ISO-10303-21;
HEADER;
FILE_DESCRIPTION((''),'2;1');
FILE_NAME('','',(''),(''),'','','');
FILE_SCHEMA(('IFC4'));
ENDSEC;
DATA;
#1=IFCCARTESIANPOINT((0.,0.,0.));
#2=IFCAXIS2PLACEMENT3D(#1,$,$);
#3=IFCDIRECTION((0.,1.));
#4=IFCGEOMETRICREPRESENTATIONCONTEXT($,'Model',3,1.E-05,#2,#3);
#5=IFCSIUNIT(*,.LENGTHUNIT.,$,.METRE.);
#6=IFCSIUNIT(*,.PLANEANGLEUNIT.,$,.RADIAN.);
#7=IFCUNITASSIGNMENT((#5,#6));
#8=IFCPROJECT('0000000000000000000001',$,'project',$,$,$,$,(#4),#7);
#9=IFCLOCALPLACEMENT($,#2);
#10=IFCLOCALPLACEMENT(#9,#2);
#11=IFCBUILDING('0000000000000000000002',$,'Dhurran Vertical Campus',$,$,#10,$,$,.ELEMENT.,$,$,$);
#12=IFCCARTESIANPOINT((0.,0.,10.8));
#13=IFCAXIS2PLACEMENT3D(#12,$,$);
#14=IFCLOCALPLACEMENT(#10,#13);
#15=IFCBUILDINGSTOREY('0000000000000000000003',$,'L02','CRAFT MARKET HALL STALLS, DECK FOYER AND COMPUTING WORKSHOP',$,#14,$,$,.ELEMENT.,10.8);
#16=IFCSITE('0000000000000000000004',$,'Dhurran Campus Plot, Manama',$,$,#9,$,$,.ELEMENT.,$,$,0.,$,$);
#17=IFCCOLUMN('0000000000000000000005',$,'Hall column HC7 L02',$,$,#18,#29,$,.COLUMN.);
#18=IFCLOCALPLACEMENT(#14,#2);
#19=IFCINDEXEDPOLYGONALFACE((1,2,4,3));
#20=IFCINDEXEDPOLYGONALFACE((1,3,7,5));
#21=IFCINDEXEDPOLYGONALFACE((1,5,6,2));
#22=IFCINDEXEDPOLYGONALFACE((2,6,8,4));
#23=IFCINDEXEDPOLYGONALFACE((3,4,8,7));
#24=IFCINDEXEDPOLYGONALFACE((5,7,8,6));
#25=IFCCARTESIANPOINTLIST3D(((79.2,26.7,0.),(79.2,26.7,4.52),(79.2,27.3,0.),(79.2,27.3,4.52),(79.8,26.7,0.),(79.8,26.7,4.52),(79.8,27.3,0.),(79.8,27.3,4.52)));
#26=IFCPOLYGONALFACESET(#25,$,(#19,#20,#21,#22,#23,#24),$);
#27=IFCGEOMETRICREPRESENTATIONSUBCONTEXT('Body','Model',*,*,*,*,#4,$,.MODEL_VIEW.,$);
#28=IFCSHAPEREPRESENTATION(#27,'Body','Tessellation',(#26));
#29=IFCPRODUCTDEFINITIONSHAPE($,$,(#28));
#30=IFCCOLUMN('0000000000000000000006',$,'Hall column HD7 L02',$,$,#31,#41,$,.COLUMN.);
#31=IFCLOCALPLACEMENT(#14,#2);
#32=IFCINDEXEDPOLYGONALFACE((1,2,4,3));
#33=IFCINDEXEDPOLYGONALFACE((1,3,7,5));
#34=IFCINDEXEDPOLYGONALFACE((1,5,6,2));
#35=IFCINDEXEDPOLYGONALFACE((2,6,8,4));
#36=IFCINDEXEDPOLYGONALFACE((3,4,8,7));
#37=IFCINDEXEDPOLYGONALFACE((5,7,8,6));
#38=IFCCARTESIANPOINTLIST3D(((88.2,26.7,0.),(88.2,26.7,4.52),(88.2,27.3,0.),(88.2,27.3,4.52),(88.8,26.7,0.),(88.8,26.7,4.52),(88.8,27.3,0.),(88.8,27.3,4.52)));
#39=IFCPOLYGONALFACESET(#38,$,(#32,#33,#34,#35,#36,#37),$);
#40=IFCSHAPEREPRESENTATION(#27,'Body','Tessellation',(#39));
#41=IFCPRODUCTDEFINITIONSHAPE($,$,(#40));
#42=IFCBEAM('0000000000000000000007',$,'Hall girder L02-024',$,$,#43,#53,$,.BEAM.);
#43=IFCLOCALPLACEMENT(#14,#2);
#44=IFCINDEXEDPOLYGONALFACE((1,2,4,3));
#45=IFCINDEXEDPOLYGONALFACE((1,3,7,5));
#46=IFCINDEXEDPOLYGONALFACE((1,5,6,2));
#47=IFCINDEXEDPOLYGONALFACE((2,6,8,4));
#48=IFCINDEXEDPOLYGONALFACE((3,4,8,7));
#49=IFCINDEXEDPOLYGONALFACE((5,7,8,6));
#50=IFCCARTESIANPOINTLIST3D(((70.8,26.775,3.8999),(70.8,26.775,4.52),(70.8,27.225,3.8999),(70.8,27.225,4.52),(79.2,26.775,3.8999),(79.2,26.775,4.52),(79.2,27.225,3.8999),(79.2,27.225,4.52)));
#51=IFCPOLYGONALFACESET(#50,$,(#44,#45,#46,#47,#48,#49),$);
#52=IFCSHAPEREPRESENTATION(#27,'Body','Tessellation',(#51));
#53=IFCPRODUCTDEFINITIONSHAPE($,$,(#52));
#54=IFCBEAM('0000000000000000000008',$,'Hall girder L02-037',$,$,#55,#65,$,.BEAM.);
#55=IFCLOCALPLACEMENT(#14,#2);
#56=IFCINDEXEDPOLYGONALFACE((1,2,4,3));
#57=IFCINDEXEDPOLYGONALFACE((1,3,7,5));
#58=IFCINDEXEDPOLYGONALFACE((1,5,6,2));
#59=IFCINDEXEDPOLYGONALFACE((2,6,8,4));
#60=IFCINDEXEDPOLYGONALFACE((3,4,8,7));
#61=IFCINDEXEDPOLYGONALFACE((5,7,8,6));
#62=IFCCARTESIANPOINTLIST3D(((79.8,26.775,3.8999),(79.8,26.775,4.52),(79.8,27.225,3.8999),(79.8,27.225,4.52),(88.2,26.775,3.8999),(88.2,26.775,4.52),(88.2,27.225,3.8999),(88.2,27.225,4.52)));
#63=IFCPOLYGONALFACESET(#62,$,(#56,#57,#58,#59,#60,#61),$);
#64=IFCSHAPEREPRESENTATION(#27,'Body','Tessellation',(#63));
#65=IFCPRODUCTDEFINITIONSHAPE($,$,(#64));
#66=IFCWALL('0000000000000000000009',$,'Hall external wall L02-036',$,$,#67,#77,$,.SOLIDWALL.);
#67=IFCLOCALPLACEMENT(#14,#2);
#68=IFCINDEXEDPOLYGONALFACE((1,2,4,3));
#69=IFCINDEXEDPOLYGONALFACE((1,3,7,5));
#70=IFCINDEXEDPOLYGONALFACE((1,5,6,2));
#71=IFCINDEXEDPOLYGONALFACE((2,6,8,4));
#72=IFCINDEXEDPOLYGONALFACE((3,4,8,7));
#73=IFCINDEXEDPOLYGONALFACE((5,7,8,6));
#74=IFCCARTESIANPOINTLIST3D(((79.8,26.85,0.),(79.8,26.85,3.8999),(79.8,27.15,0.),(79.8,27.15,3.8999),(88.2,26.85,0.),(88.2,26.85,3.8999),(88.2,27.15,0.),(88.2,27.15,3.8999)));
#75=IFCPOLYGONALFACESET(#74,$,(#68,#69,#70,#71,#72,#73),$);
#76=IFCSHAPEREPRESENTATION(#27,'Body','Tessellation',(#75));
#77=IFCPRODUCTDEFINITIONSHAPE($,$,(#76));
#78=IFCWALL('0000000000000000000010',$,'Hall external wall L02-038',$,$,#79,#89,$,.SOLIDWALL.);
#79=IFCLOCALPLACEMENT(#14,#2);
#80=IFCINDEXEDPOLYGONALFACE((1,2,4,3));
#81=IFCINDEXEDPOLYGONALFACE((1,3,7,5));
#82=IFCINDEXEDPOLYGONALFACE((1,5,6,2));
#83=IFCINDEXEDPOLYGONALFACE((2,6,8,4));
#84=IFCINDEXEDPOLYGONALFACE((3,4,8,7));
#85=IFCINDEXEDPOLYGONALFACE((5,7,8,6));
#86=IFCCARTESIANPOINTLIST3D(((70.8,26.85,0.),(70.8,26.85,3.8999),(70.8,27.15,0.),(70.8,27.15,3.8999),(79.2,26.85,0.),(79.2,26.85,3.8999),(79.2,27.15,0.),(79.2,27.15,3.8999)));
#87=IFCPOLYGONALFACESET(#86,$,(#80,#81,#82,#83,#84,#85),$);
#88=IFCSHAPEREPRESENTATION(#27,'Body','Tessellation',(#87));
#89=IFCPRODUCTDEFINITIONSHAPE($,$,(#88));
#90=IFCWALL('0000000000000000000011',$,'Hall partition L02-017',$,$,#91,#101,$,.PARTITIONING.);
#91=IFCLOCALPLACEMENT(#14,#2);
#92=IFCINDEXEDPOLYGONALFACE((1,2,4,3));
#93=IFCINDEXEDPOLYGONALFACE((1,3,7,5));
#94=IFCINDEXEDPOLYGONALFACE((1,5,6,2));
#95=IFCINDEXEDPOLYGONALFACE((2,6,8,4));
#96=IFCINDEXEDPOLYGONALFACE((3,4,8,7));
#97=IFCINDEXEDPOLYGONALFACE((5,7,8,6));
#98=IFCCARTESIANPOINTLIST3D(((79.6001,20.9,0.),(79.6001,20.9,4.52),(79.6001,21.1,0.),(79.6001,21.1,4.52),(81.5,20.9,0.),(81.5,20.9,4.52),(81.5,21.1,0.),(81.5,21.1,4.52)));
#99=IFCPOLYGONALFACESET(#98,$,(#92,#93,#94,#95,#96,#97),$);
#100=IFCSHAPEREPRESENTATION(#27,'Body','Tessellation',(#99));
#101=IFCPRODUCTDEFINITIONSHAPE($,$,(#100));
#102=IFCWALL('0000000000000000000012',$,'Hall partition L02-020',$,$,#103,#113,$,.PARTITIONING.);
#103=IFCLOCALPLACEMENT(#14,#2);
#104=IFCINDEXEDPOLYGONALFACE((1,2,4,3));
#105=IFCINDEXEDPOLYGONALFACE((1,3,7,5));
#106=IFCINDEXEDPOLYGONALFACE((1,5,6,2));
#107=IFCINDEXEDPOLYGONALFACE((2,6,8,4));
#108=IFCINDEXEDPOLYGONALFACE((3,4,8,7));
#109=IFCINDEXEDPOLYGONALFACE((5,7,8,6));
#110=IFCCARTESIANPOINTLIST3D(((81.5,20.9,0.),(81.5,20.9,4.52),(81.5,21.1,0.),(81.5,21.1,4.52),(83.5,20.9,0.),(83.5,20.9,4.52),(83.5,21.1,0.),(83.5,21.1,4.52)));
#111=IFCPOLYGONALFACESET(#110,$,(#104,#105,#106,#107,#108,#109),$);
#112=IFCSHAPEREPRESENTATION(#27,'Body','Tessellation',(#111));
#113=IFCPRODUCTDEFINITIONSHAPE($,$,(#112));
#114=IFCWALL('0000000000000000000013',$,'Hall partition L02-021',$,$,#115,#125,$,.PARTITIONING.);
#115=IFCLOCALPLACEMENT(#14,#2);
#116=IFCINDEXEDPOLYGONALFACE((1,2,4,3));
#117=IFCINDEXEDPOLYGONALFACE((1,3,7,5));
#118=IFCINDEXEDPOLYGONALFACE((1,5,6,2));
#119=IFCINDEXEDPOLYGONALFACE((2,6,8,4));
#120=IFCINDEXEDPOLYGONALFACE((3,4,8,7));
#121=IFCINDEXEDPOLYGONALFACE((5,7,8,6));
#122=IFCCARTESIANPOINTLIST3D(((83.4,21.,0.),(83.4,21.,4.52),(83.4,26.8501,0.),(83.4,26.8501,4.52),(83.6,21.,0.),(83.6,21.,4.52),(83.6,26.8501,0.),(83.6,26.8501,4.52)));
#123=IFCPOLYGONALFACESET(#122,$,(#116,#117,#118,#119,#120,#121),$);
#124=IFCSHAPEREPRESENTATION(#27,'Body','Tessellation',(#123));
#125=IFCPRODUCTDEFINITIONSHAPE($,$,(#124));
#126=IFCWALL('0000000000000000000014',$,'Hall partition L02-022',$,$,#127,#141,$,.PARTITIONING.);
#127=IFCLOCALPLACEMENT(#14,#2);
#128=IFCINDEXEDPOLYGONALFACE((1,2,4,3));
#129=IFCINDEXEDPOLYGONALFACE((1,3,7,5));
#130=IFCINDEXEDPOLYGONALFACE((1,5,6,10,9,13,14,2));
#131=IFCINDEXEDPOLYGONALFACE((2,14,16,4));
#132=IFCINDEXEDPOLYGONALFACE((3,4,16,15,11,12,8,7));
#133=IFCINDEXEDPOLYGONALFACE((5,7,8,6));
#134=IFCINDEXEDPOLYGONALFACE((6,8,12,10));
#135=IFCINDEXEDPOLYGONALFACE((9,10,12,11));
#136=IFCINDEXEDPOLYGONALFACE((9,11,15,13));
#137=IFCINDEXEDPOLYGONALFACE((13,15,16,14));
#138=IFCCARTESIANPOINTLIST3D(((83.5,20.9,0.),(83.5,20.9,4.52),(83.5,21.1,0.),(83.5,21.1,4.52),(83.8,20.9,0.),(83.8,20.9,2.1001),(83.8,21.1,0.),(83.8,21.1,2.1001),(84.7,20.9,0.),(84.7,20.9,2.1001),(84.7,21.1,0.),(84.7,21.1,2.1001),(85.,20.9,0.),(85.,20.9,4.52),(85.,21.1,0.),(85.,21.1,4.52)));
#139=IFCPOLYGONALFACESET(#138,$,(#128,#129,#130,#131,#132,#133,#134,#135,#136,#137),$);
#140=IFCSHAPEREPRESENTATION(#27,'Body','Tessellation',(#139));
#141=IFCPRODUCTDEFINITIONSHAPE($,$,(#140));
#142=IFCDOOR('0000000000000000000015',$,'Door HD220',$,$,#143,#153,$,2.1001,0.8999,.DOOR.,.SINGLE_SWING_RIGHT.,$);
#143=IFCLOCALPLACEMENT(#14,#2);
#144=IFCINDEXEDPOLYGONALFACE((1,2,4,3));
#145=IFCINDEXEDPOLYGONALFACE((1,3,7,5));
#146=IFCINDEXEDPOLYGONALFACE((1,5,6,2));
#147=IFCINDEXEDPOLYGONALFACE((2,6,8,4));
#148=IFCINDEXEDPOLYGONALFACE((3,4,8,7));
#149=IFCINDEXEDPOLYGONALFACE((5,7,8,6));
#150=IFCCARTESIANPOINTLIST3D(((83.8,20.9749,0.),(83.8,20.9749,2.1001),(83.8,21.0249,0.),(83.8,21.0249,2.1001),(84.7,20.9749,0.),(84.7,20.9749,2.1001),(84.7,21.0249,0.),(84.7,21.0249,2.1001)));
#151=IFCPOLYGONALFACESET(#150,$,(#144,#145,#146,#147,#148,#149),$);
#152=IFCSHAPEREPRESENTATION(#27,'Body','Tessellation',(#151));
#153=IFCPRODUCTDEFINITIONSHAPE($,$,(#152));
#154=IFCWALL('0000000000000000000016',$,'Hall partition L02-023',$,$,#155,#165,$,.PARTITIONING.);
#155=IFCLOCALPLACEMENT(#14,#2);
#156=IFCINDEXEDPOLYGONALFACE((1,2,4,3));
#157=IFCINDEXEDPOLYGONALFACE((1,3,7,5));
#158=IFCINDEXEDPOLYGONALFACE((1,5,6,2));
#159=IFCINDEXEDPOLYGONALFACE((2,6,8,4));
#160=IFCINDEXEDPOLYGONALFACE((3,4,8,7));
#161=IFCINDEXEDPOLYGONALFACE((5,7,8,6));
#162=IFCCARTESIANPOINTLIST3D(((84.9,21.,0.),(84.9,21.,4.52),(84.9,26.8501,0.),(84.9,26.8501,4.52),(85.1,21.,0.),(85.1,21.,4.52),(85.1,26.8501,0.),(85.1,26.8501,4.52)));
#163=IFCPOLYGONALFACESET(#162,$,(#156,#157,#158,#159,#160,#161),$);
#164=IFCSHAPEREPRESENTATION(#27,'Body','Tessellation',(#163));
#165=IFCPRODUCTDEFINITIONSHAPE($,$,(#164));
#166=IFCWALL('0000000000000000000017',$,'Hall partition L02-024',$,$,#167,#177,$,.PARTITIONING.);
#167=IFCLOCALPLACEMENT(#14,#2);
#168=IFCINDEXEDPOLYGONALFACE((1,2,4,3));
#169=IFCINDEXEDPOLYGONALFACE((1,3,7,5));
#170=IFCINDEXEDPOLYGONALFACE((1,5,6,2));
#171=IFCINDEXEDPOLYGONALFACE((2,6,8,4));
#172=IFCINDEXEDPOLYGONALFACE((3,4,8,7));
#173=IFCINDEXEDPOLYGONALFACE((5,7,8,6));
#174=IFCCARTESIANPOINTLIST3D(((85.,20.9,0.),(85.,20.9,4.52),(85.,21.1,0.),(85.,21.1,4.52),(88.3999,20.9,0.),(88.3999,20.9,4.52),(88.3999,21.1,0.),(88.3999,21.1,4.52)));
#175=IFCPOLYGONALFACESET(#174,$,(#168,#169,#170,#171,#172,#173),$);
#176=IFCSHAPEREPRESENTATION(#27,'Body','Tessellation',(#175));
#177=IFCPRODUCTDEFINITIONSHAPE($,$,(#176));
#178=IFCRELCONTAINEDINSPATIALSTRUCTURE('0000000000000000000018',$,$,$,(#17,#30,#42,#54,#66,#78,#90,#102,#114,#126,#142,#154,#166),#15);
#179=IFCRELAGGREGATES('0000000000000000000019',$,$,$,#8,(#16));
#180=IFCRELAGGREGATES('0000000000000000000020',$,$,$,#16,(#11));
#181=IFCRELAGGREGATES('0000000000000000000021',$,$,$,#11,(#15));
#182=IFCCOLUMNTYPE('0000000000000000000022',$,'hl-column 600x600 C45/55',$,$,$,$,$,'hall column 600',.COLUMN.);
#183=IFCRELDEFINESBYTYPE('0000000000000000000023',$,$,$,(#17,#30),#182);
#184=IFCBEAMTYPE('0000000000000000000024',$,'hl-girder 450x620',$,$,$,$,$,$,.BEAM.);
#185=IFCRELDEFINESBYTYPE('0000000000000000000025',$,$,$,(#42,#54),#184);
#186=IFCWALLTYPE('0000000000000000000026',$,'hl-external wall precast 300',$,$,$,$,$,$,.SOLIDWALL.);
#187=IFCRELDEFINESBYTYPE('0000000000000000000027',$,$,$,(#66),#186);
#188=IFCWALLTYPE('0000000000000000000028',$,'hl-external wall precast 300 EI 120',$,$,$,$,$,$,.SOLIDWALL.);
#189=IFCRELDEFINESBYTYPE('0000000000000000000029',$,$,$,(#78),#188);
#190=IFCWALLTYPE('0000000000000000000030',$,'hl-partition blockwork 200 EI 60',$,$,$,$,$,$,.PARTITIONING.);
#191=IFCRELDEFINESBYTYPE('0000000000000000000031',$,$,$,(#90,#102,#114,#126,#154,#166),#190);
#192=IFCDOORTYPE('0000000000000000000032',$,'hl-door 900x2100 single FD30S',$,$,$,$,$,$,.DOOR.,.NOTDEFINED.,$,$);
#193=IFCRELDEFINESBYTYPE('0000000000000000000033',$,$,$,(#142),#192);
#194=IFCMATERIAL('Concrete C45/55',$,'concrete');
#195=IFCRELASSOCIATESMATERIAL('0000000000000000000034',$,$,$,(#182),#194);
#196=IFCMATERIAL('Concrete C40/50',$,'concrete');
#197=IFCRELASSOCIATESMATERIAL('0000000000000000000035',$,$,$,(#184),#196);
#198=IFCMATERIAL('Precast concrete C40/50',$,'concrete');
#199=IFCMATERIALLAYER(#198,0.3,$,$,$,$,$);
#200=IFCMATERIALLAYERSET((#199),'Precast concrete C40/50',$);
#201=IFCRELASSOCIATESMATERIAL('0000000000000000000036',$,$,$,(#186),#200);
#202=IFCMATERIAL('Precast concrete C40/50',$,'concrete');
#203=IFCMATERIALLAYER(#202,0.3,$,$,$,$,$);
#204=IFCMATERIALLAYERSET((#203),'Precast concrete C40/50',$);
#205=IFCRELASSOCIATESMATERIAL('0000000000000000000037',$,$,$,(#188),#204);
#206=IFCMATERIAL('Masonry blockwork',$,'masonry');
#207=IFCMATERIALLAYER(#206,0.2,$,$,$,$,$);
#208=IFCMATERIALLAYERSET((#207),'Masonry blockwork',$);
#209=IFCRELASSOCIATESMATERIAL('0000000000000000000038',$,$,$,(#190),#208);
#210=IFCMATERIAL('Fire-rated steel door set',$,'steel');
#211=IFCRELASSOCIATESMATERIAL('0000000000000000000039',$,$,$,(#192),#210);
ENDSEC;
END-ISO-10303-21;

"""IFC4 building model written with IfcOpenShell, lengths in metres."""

from ifc_helpers import new_model, si_unit, direction, frame, frame_2d, origin, origin_2d, place, context, subcontext, project, spatial, rectangle, extrude, material, layer, layer_set, material_profile, profile_set, type_object, element, fill, save


model = new_model("IFC4")

# Units and contexts
model_context = context("Model", 3, precision=1e-05, world=origin(), true_north=direction((0.0, 1.0)))
body_context = subcontext(model_context, "Body", "Model", "MODEL_VIEW")
ifc_project = project(units=[si_unit("LENGTHUNIT", "METRE"), si_unit("PLANEANGLEUNIT", "RADIAN")], contexts=[model_context])

# Site, building, storey
site_placement = place(None, origin())
site = spatial("IfcSite", under=ifc_project, at=site_placement, Name="Dhurran Campus Plot, Manama", CompositionType="ELEMENT", RefElevation=0.0)
building_placement = place(site_placement, origin())
building = spatial("IfcBuilding", under=site, at=building_placement, Name="Dhurran Vertical Campus", CompositionType="ELEMENT")
storey_placement = place(building_placement, frame((0.0, 0.0, 10.8)))
storey = spatial("IfcBuildingStorey", under=building, at=storey_placement, Name="L02", Description="CRAFT MARKET HALL STALLS, DECK FOYER AND COMPUTING WORKSHOP", CompositionType="ELEMENT", Elevation=10.8)

# Columns
ifc_material_1 = material(Name="Concrete C45/55", Category="concrete")
ifc_material_profile_1 = material_profile(ifc_material_1, rectangle(XDim=0.6001, YDim=0.6001, at=origin_2d()), Name="hl-column 600x600 C45/55")
ifc_profile_set_1 = profile_set([ifc_material_profile_1], Name="Concrete C45/55")
column_type = type_object("IfcColumnType", Name="hl-column 600x600 C45/55", ElementType="hall column 600", PredefinedType="COLUMN", material=ifc_profile_set_1)
for number, where, z_axis, x_axis, name in (
    (1, (79.5, 27.0, 0.0), (0.0, 0.0, 1.0), (1.0, 0.0, 0.0), "Hall column HC7 L02"),
    (2, (88.5, 27.0, 0.0), (0.0, 0.0, 1.0), (1.0, 0.0, 0.0), "Hall column HD7 L02"),
):
    element("IfcColumn", number, at=place(storey_placement, frame(where, z_axis=z_axis, x_axis=x_axis)), inside=storey, type_object=column_type, Name=name, PredefinedType="COLUMN", context=body_context, shape_type="SweptSolid", body=[
        extrude(rectangle(XDim=0.6001, YDim=0.6001, at=origin_2d()), origin(), (0.0, 0.0, 1.0), 4.52),
    ])

# Beams
ifc_material_2 = material(Name="Concrete C40/50", Category="concrete")
ifc_material_profile_2 = material_profile(ifc_material_2, rectangle(XDim=0.45, YDim=0.6201, at=origin_2d()), Name="hl-girder 450x620")
ifc_profile_set_2 = profile_set([ifc_material_profile_2], Name="Concrete C40/50")
beam_type = type_object("IfcBeamType", Name="hl-girder 450x620", PredefinedType="BEAM", material=ifc_profile_set_2)
for number, where, z_axis, x_axis, name in (
    (3, (70.8, 27.0, 4.21), (1.0, 0.0, 0.0), (0.0, 1.0, 0.0), "Hall girder L02-024"),
    (4, (79.8, 27.0, 4.21), (1.0, 0.0, 0.0), (0.0, 1.0, 0.0), "Hall girder L02-037"),
):
    element("IfcBeam", number, at=place(storey_placement, frame(where, z_axis=z_axis, x_axis=x_axis)), inside=storey, type_object=beam_type, Name=name, PredefinedType="BEAM", context=body_context, shape_type="SweptSolid", body=[
        extrude(rectangle(XDim=0.45, YDim=0.6201, at=origin_2d()), origin(), (0.0, 0.0, 1.0), 8.3999),
    ])

# Walls
ifc_material_3 = material(Name="Precast concrete C40/50", Category="concrete")
ifc_layer_1 = layer(ifc_material_3, 0.3)
ifc_layer_set_1 = layer_set([ifc_layer_1], Name="Precast concrete C40/50")
wall_type_1 = type_object("IfcWallType", Name="hl-external wall precast 300", PredefinedType="SOLIDWALL", material=ifc_layer_set_1)
wall_1_placement = place(storey_placement, frame((88.2, 27.0, 0.0), z_axis=(0.0, 0.0, 1.0), x_axis=(-1.0, 0.0, 0.0)))
element("IfcWall", 5, at=wall_1_placement, inside=storey, type_object=wall_type_1, Name="Hall external wall L02-036", PredefinedType="SOLIDWALL", context=body_context, shape_type="SweptSolid", body=[
    extrude(rectangle(XDim=8.3999, YDim=0.3, at=frame_2d((4.2, 0.0))), origin(), (0.0, 0.0, 1.0), 3.8999),
])
ifc_material_4 = material(Name="Precast concrete C40/50", Category="concrete")
ifc_layer_2 = layer(ifc_material_4, 0.3)
ifc_layer_set_2 = layer_set([ifc_layer_2], Name="Precast concrete C40/50")
wall_type_2 = type_object("IfcWallType", Name="hl-external wall precast 300 EI 120", PredefinedType="SOLIDWALL", material=ifc_layer_set_2)
wall_2_placement = place(storey_placement, frame((79.2, 27.0, 0.0), z_axis=(0.0, 0.0, 1.0), x_axis=(-1.0, 0.0, 0.0)))
element("IfcWall", 6, at=wall_2_placement, inside=storey, type_object=wall_type_2, Name="Hall external wall L02-038", PredefinedType="SOLIDWALL", context=body_context, shape_type="SweptSolid", body=[
    extrude(rectangle(XDim=8.3999, YDim=0.3, at=frame_2d((4.2, 0.0))), origin(), (0.0, 0.0, 1.0), 3.8999),
])
ifc_material_5 = material(Name="Masonry blockwork", Category="masonry")
ifc_layer_3 = layer(ifc_material_5, 0.2)
ifc_layer_set_3 = layer_set([ifc_layer_3], Name="Masonry blockwork")
wall_type_3 = type_object("IfcWallType", Name="hl-partition blockwork 200 EI 60", PredefinedType="PARTITIONING", material=ifc_layer_set_3)
wall_3_placement = place(storey_placement, frame((79.6001, 21.0, 0.0), z_axis=(0.0, 0.0, 1.0), x_axis=(1.0, 0.0, 0.0)))
element("IfcWall", 7, at=wall_3_placement, inside=storey, type_object=wall_type_3, Name="Hall partition L02-017", PredefinedType="PARTITIONING", context=body_context, shape_type="SweptSolid", body=[
    extrude(rectangle(XDim=1.8999, YDim=0.2, at=frame_2d((0.95, 0.0))), origin(), (0.0, 0.0, 1.0), 4.52),
])
wall_4_placement = place(storey_placement, frame((81.5, 21.0, 0.0), z_axis=(0.0, 0.0, 1.0), x_axis=(1.0, 0.0, 0.0)))
element("IfcWall", 8, at=wall_4_placement, inside=storey, type_object=wall_type_3, Name="Hall partition L02-020", PredefinedType="PARTITIONING", context=body_context, shape_type="SweptSolid", body=[
    extrude(rectangle(XDim=2.0, YDim=0.2, at=frame_2d((1.0, 0.0))), origin(), (0.0, 0.0, 1.0), 4.52),
])
wall_5_placement = place(storey_placement, frame((83.5, 21.0, 0.0), z_axis=(0.0, 0.0, 1.0), x_axis=(0.0, 1.0, 0.0)))
element("IfcWall", 9, at=wall_5_placement, inside=storey, type_object=wall_type_3, Name="Hall partition L02-021", PredefinedType="PARTITIONING", context=body_context, shape_type="SweptSolid", body=[
    extrude(rectangle(XDim=5.8501, YDim=0.2, at=frame_2d((2.925, 0.0))), origin(), (0.0, 0.0, 1.0), 4.52),
])

# Wall, opening, door
wall_6_placement = place(storey_placement, frame((83.5, 21.0, 0.0), z_axis=(0.0, 0.0, 1.0), x_axis=(1.0, 0.0, 0.0)))
wall_6 = element("IfcWall", 10, at=wall_6_placement, inside=storey, type_object=wall_type_3, Name="Hall partition L02-022", PredefinedType="PARTITIONING", context=body_context, shape_type="SweptSolid", body=[
    extrude(rectangle(XDim=1.5, YDim=0.2, at=frame_2d((0.75, 0.0))), origin(), (0.0, 0.0, 1.0), 4.52),
])
opening_1_placement = place(wall_6_placement, frame((0.3, 0.0, 0.0)))
opening_1 = element("IfcOpeningElement", 11, at=opening_1_placement, cuts=wall_6, PredefinedType="OPENING", context=body_context, shape_type="SweptSolid", body=[
    extrude(rectangle(XDim=0.8999, YDim=2.1001, at=frame_2d((0.45, 1.05))), frame((0.0, 0.1099, 0.0), z_axis=(0.0, -1.0, 0.0), x_axis=(1.0, 0.0, 0.0)), (0.0, 0.0, 1.0), 0.22),
])
ifc_material_6 = material(Name="Fire-rated steel door set", Category="steel")
door_type_1 = type_object("IfcDoorType", Name="hl-door 900x2100 single FD30S", OperationType="NOTDEFINED", PredefinedType="DOOR", material=ifc_material_6)
door_1_placement = place(opening_1_placement, origin())
door_1 = element("IfcDoor", 12, at=door_1_placement, inside=storey, type_object=door_type_1, Name="Door HD220", OperationType="SINGLE_SWING_RIGHT", OverallHeight=2.1001, OverallWidth=0.8999, PredefinedType="DOOR", context=body_context, shape_type="SweptSolid", body=[
    extrude(rectangle(XDim=0.8999, YDim=2.1001, at=frame_2d((0.45, 1.05))), frame((0.0, 0.0249, 0.0), z_axis=(0.0, -1.0, 0.0), x_axis=(1.0, 0.0, 0.0)), (0.0, 0.0, 1.0), 0.05),
])
fill(opening_1, door_1)

# Walls
wall_7_placement = place(storey_placement, frame((85.0, 21.0, 0.0), z_axis=(0.0, 0.0, 1.0), x_axis=(0.0, 1.0, 0.0)))
element("IfcWall", 13, at=wall_7_placement, inside=storey, type_object=wall_type_3, Name="Hall partition L02-023", PredefinedType="PARTITIONING", context=body_context, shape_type="SweptSolid", body=[
    extrude(rectangle(XDim=5.8501, YDim=0.2, at=frame_2d((2.925, 0.0))), origin(), (0.0, 0.0, 1.0), 4.52),
])
wall_8_placement = place(storey_placement, frame((85.0, 21.0, 0.0), z_axis=(0.0, 0.0, 1.0), x_axis=(1.0, 0.0, 0.0)))
element("IfcWall", 14, at=wall_8_placement, inside=storey, type_object=wall_type_3, Name="Hall partition L02-024", PredefinedType="PARTITIONING", context=body_context, shape_type="SweptSolid", body=[
    extrude(rectangle(XDim=3.3999, YDim=0.2, at=frame_2d((1.7, 0.0))), origin(), (0.0, 0.0, 1.0), 4.52),
])

save(model, "model.ifc")
